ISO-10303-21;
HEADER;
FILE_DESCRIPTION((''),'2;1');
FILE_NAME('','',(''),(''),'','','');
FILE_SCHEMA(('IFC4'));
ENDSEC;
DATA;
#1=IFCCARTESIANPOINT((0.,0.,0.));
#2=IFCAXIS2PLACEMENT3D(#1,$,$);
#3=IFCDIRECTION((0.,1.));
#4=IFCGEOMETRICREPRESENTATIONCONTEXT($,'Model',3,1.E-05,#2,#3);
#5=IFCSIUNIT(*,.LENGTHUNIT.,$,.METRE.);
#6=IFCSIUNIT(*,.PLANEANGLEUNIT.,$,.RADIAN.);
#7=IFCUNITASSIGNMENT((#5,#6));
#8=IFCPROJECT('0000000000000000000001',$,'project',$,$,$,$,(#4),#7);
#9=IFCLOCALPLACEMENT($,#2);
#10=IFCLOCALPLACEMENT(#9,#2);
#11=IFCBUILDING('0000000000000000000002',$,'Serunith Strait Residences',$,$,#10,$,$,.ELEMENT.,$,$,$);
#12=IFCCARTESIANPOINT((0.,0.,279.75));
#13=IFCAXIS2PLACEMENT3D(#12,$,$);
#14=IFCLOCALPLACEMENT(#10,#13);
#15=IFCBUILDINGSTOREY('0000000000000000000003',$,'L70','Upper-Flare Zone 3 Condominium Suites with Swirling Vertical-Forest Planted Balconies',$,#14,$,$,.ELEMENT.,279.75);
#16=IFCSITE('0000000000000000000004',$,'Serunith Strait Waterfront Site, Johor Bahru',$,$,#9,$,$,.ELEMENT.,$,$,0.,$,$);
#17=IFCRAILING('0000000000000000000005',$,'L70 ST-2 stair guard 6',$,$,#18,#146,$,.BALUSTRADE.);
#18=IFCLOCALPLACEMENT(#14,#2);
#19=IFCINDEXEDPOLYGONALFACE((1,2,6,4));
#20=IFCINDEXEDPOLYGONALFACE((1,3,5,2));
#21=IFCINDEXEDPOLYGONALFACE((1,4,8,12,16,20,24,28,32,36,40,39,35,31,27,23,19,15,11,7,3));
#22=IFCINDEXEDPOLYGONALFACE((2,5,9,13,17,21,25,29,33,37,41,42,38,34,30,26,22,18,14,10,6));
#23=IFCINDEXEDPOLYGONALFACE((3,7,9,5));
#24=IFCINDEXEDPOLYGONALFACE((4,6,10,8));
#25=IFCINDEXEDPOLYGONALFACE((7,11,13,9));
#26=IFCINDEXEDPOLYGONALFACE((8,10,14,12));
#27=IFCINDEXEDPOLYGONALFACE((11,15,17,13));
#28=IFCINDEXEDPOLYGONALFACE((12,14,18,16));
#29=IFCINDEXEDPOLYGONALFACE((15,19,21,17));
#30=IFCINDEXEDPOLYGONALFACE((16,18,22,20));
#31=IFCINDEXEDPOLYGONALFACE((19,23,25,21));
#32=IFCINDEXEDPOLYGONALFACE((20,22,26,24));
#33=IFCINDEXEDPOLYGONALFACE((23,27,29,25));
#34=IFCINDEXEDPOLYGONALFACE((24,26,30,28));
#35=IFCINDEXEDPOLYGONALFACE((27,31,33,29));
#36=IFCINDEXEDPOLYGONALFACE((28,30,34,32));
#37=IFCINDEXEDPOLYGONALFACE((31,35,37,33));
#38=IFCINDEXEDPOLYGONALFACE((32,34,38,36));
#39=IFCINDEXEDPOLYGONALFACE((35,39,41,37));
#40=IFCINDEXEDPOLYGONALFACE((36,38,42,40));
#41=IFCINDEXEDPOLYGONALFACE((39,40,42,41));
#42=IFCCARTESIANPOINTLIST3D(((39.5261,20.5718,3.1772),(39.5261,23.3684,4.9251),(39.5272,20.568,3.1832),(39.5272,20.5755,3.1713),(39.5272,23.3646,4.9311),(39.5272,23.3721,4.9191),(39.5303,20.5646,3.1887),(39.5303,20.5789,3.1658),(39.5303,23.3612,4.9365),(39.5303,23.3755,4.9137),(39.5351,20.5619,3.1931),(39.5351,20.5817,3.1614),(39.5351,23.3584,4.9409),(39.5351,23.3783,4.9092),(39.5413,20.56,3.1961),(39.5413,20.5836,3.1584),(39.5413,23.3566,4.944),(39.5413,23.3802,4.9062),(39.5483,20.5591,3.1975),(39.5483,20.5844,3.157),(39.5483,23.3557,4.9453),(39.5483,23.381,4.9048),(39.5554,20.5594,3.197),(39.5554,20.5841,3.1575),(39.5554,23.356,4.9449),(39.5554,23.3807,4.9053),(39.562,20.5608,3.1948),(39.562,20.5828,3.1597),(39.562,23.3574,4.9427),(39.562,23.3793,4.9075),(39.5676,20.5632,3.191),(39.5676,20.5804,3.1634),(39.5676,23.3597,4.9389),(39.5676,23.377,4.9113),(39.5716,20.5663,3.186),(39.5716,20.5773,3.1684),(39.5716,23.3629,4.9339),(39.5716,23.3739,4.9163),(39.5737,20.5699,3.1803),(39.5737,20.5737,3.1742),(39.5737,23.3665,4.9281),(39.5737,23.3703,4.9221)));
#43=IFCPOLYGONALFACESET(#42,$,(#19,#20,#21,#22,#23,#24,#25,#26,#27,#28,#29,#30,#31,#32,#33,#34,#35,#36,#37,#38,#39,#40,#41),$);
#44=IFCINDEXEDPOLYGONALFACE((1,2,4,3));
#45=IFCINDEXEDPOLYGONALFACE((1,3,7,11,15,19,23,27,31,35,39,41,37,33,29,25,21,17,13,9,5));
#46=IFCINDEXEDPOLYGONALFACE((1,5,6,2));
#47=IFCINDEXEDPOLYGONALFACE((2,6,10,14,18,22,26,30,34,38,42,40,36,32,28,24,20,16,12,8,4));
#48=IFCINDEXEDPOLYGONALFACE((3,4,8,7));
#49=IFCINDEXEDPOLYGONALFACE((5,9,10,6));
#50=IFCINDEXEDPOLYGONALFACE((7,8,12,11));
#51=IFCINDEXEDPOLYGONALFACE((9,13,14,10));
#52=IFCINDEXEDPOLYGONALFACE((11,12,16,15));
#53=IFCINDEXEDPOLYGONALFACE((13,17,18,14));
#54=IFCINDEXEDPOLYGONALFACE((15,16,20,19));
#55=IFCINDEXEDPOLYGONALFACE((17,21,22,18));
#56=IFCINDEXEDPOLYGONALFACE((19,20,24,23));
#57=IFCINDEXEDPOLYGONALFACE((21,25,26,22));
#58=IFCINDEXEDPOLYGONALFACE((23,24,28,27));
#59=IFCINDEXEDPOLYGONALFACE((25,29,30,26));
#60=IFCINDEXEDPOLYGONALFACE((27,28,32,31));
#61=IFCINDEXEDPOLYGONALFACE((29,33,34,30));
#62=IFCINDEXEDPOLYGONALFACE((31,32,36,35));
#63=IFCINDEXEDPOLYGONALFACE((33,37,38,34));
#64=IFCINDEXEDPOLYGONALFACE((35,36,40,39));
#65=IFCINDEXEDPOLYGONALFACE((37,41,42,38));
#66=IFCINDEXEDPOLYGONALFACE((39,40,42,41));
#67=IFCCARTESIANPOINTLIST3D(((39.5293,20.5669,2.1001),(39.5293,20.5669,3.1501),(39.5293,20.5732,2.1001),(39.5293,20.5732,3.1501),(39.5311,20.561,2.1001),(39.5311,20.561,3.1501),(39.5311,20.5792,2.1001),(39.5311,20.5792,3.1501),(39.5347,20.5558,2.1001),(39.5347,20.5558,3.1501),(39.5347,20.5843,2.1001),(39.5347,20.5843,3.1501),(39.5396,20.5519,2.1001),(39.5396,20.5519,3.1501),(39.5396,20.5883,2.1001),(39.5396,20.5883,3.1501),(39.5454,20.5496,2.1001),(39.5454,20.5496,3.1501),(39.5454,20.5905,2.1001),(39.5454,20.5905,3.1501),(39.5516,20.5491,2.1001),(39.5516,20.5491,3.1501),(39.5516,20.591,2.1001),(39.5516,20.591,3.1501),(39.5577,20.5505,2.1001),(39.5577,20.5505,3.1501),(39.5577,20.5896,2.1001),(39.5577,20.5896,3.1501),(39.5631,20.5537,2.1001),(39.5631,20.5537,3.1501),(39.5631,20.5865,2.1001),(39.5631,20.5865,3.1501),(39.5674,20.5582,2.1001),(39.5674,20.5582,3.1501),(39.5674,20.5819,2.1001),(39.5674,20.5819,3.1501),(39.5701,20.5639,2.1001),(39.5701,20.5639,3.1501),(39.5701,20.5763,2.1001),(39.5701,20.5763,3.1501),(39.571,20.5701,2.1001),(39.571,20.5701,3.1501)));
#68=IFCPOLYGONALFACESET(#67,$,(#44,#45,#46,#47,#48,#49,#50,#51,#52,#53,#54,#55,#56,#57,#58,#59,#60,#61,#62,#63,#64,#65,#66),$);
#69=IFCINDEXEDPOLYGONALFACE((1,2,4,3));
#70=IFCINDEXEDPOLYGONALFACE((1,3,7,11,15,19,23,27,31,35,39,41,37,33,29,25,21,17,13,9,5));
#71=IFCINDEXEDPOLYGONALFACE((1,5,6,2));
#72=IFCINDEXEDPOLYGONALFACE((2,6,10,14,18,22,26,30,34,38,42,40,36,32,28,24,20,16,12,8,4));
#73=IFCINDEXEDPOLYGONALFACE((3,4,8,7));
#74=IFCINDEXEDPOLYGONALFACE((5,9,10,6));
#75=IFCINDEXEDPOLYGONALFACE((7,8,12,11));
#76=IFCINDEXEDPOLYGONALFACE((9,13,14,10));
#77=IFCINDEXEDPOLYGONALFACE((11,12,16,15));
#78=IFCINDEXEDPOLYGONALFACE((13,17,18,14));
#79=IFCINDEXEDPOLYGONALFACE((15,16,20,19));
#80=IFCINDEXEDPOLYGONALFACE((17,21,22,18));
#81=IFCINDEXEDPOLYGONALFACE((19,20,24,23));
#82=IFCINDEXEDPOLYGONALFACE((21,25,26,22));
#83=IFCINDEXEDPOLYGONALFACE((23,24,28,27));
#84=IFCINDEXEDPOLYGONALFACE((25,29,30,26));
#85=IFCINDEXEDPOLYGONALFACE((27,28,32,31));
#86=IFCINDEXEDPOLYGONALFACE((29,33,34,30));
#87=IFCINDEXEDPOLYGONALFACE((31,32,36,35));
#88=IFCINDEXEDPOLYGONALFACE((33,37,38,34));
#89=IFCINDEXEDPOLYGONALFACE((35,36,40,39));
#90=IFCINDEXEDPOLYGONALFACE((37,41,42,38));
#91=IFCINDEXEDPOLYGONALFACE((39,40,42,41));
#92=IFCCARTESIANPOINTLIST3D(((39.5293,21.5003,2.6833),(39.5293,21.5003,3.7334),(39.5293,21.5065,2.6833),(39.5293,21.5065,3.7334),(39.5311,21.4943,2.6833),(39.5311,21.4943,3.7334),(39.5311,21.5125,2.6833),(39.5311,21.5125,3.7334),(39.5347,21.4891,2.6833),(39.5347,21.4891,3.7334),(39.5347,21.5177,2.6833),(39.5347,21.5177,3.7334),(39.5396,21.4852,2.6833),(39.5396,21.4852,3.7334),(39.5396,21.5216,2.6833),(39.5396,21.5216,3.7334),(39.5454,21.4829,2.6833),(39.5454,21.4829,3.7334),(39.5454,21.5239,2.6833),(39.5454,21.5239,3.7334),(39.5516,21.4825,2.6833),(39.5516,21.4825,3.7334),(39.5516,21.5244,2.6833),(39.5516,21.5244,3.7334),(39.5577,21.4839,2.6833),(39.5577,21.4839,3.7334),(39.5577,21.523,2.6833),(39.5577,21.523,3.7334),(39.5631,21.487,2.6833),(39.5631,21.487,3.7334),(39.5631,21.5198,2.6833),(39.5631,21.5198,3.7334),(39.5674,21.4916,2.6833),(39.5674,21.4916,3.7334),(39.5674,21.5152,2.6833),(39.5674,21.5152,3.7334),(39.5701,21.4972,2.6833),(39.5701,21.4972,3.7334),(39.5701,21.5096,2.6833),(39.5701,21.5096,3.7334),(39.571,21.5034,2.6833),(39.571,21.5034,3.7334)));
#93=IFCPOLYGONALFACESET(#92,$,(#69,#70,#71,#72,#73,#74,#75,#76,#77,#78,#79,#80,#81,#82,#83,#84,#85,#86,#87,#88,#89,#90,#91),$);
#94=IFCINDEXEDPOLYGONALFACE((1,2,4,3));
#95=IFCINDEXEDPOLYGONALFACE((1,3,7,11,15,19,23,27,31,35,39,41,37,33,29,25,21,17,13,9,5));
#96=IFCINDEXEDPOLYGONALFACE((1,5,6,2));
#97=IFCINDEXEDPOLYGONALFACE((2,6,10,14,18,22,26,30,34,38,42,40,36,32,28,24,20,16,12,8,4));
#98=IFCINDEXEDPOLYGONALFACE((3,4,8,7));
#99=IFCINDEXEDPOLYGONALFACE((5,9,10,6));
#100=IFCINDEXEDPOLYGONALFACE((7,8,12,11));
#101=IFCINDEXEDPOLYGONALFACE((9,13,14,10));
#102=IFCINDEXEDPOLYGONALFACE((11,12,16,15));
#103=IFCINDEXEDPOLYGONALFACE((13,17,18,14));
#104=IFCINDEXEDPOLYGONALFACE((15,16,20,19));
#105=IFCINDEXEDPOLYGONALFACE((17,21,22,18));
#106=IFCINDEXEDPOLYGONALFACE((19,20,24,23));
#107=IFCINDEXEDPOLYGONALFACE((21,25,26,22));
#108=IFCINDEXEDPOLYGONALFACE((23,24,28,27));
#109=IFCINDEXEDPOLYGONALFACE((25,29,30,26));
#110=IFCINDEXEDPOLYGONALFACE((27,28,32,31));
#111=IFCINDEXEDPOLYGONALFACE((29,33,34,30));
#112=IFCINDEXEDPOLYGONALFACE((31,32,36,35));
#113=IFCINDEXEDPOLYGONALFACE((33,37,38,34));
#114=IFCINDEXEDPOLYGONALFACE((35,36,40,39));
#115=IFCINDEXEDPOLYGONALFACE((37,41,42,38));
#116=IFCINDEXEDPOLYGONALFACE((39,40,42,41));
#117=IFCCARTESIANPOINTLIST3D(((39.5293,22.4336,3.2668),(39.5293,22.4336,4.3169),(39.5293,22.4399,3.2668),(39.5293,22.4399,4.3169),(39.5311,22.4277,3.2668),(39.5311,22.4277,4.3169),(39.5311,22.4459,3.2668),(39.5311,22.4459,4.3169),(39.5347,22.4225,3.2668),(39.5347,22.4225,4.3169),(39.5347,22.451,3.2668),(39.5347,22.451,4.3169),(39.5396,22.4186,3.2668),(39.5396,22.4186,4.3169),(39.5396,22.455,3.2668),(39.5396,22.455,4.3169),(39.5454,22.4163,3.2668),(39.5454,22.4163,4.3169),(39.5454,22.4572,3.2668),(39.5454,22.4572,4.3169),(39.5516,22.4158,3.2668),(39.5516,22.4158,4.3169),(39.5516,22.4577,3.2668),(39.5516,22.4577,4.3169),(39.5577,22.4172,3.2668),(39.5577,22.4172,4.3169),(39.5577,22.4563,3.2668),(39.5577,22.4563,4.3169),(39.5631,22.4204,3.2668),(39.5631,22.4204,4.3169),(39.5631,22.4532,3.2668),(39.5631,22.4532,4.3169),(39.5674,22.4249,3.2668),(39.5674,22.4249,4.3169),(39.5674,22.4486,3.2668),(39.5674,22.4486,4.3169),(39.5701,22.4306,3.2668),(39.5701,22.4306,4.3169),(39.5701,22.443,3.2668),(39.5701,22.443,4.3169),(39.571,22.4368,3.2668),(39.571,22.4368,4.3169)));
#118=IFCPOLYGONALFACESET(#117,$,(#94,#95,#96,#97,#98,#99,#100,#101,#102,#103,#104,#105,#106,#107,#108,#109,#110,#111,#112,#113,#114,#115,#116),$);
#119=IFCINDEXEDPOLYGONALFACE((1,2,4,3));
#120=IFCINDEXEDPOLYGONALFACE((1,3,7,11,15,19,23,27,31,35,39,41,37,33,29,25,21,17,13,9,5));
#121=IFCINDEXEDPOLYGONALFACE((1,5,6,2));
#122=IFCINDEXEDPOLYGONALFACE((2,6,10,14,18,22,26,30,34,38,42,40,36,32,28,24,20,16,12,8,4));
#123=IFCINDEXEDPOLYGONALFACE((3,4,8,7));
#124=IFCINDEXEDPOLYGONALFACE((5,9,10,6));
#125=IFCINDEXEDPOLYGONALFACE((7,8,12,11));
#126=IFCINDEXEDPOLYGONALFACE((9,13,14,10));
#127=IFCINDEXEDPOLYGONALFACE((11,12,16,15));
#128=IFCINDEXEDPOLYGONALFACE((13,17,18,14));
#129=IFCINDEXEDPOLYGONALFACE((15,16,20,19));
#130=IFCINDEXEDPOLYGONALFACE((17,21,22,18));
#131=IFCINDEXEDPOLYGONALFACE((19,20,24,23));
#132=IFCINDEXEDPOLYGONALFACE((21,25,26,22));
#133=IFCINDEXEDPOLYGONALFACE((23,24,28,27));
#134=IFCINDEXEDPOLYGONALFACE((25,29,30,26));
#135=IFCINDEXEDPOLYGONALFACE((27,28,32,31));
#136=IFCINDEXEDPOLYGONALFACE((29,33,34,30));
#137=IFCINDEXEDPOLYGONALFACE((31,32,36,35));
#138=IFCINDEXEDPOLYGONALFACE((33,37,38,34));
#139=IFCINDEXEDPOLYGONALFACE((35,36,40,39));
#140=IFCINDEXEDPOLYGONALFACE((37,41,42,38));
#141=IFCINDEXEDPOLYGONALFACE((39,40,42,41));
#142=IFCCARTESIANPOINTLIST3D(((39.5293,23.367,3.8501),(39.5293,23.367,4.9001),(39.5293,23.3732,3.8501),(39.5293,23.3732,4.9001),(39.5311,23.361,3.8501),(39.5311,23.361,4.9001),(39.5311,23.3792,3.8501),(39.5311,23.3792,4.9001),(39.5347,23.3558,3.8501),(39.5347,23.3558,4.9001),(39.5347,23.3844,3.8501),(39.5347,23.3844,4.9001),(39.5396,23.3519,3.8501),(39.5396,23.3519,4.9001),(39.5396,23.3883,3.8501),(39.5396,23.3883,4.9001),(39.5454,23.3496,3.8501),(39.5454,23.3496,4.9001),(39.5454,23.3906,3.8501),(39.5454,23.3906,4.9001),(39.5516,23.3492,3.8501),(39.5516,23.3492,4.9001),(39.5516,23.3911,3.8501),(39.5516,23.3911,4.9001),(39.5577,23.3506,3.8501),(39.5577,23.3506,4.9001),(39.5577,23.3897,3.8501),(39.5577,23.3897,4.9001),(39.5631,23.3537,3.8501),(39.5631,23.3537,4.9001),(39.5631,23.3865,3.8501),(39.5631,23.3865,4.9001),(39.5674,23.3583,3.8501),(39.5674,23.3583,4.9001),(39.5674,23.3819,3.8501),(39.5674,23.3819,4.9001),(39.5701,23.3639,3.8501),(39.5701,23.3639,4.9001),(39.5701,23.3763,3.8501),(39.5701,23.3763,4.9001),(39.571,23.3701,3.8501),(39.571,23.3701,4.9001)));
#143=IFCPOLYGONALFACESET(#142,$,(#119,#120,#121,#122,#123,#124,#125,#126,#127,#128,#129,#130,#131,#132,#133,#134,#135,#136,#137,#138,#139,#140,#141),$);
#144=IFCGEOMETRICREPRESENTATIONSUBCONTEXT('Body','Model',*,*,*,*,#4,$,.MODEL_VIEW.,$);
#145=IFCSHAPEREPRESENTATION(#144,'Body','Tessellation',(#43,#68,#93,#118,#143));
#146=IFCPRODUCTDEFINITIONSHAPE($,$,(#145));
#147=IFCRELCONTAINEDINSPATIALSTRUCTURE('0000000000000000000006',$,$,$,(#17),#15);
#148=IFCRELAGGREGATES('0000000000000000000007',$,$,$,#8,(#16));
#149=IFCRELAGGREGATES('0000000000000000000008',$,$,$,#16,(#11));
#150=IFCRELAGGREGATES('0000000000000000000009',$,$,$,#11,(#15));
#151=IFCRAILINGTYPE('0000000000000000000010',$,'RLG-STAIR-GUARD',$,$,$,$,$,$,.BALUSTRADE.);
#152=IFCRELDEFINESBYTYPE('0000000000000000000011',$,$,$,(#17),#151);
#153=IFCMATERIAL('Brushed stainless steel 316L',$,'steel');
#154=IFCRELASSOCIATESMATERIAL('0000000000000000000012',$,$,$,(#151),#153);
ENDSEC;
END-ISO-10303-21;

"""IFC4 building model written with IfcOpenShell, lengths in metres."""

from ifc_helpers import new_model, si_unit, direction, frame, origin, origin_2d, place, context, subcontext, project, spatial, circle, extrude, material, type_object, element, save


model = new_model("IFC4")

# Units and contexts
model_context = context("Model", 3, precision=1e-05, world=origin(), true_north=direction((0.0, 1.0)))
body_context = subcontext(model_context, "Body", "Model", "MODEL_VIEW")
ifc_project = project(units=[si_unit("LENGTHUNIT", "METRE"), si_unit("PLANEANGLEUNIT", "RADIAN")], contexts=[model_context])

# Site, building, storey
site_placement = place(None, origin())
site = spatial("IfcSite", under=ifc_project, at=site_placement, Name="Serunith Strait Waterfront Site, Johor Bahru", CompositionType="ELEMENT", RefElevation=0.0)
building_placement = place(site_placement, origin())
building = spatial("IfcBuilding", under=site, at=building_placement, Name="Serunith Strait Residences", CompositionType="ELEMENT")
storey_placement = place(building_placement, frame((0.0, 0.0, 279.75)))
storey = spatial("IfcBuildingStorey", under=building, at=storey_placement, Name="L70", Description="Upper-Flare Zone 3 Condominium Suites with Swirling Vertical-Forest Planted Balconies", CompositionType="ELEMENT", Elevation=279.75)

# Railing
ifc_material_1 = material(Name="Brushed stainless steel 316L", Category="steel")
railing_type_1 = type_object("IfcRailingType", Name="RLG-STAIR-GUARD", PredefinedType="BALUSTRADE", material=ifc_material_1)
railing_1_placement = place(storey_placement, frame((39.55, 20.5701, 2.1001)))
element("IfcRailing", 1, at=railing_1_placement, inside=storey, type_object=railing_type_1, Name="L70 ST-2 stair guard 6", PredefinedType="BALUSTRADE", context=body_context, shape_type="SweptSolid", body=[
    extrude(circle(Radius=0.0239, at=origin_2d()), frame((0.0, 0.0017, 1.0771), z_axis=(0.0, 0.848002, 0.529992), x_axis=(-1.0, 0.0, 0.0)), (0.0, 0.0, 1.0), 3.2979),
    extrude(circle(Radius=0.021, at=origin_2d()), origin(), (0.0, 0.0, 1.0), 1.05),
    extrude(circle(Radius=0.021, at=origin_2d()), frame((0.0, 0.9333, 0.5833)), (0.0, 0.0, 1.0), 1.05),
    extrude(circle(Radius=0.021, at=origin_2d()), frame((0.0, 1.8667, 1.1667)), (0.0, 0.0, 1.0), 1.05),
    extrude(circle(Radius=0.021, at=origin_2d()), frame((0.0, 2.8, 1.75)), (0.0, 0.0, 1.0), 1.05),
])

save(model, "model.ifc")
